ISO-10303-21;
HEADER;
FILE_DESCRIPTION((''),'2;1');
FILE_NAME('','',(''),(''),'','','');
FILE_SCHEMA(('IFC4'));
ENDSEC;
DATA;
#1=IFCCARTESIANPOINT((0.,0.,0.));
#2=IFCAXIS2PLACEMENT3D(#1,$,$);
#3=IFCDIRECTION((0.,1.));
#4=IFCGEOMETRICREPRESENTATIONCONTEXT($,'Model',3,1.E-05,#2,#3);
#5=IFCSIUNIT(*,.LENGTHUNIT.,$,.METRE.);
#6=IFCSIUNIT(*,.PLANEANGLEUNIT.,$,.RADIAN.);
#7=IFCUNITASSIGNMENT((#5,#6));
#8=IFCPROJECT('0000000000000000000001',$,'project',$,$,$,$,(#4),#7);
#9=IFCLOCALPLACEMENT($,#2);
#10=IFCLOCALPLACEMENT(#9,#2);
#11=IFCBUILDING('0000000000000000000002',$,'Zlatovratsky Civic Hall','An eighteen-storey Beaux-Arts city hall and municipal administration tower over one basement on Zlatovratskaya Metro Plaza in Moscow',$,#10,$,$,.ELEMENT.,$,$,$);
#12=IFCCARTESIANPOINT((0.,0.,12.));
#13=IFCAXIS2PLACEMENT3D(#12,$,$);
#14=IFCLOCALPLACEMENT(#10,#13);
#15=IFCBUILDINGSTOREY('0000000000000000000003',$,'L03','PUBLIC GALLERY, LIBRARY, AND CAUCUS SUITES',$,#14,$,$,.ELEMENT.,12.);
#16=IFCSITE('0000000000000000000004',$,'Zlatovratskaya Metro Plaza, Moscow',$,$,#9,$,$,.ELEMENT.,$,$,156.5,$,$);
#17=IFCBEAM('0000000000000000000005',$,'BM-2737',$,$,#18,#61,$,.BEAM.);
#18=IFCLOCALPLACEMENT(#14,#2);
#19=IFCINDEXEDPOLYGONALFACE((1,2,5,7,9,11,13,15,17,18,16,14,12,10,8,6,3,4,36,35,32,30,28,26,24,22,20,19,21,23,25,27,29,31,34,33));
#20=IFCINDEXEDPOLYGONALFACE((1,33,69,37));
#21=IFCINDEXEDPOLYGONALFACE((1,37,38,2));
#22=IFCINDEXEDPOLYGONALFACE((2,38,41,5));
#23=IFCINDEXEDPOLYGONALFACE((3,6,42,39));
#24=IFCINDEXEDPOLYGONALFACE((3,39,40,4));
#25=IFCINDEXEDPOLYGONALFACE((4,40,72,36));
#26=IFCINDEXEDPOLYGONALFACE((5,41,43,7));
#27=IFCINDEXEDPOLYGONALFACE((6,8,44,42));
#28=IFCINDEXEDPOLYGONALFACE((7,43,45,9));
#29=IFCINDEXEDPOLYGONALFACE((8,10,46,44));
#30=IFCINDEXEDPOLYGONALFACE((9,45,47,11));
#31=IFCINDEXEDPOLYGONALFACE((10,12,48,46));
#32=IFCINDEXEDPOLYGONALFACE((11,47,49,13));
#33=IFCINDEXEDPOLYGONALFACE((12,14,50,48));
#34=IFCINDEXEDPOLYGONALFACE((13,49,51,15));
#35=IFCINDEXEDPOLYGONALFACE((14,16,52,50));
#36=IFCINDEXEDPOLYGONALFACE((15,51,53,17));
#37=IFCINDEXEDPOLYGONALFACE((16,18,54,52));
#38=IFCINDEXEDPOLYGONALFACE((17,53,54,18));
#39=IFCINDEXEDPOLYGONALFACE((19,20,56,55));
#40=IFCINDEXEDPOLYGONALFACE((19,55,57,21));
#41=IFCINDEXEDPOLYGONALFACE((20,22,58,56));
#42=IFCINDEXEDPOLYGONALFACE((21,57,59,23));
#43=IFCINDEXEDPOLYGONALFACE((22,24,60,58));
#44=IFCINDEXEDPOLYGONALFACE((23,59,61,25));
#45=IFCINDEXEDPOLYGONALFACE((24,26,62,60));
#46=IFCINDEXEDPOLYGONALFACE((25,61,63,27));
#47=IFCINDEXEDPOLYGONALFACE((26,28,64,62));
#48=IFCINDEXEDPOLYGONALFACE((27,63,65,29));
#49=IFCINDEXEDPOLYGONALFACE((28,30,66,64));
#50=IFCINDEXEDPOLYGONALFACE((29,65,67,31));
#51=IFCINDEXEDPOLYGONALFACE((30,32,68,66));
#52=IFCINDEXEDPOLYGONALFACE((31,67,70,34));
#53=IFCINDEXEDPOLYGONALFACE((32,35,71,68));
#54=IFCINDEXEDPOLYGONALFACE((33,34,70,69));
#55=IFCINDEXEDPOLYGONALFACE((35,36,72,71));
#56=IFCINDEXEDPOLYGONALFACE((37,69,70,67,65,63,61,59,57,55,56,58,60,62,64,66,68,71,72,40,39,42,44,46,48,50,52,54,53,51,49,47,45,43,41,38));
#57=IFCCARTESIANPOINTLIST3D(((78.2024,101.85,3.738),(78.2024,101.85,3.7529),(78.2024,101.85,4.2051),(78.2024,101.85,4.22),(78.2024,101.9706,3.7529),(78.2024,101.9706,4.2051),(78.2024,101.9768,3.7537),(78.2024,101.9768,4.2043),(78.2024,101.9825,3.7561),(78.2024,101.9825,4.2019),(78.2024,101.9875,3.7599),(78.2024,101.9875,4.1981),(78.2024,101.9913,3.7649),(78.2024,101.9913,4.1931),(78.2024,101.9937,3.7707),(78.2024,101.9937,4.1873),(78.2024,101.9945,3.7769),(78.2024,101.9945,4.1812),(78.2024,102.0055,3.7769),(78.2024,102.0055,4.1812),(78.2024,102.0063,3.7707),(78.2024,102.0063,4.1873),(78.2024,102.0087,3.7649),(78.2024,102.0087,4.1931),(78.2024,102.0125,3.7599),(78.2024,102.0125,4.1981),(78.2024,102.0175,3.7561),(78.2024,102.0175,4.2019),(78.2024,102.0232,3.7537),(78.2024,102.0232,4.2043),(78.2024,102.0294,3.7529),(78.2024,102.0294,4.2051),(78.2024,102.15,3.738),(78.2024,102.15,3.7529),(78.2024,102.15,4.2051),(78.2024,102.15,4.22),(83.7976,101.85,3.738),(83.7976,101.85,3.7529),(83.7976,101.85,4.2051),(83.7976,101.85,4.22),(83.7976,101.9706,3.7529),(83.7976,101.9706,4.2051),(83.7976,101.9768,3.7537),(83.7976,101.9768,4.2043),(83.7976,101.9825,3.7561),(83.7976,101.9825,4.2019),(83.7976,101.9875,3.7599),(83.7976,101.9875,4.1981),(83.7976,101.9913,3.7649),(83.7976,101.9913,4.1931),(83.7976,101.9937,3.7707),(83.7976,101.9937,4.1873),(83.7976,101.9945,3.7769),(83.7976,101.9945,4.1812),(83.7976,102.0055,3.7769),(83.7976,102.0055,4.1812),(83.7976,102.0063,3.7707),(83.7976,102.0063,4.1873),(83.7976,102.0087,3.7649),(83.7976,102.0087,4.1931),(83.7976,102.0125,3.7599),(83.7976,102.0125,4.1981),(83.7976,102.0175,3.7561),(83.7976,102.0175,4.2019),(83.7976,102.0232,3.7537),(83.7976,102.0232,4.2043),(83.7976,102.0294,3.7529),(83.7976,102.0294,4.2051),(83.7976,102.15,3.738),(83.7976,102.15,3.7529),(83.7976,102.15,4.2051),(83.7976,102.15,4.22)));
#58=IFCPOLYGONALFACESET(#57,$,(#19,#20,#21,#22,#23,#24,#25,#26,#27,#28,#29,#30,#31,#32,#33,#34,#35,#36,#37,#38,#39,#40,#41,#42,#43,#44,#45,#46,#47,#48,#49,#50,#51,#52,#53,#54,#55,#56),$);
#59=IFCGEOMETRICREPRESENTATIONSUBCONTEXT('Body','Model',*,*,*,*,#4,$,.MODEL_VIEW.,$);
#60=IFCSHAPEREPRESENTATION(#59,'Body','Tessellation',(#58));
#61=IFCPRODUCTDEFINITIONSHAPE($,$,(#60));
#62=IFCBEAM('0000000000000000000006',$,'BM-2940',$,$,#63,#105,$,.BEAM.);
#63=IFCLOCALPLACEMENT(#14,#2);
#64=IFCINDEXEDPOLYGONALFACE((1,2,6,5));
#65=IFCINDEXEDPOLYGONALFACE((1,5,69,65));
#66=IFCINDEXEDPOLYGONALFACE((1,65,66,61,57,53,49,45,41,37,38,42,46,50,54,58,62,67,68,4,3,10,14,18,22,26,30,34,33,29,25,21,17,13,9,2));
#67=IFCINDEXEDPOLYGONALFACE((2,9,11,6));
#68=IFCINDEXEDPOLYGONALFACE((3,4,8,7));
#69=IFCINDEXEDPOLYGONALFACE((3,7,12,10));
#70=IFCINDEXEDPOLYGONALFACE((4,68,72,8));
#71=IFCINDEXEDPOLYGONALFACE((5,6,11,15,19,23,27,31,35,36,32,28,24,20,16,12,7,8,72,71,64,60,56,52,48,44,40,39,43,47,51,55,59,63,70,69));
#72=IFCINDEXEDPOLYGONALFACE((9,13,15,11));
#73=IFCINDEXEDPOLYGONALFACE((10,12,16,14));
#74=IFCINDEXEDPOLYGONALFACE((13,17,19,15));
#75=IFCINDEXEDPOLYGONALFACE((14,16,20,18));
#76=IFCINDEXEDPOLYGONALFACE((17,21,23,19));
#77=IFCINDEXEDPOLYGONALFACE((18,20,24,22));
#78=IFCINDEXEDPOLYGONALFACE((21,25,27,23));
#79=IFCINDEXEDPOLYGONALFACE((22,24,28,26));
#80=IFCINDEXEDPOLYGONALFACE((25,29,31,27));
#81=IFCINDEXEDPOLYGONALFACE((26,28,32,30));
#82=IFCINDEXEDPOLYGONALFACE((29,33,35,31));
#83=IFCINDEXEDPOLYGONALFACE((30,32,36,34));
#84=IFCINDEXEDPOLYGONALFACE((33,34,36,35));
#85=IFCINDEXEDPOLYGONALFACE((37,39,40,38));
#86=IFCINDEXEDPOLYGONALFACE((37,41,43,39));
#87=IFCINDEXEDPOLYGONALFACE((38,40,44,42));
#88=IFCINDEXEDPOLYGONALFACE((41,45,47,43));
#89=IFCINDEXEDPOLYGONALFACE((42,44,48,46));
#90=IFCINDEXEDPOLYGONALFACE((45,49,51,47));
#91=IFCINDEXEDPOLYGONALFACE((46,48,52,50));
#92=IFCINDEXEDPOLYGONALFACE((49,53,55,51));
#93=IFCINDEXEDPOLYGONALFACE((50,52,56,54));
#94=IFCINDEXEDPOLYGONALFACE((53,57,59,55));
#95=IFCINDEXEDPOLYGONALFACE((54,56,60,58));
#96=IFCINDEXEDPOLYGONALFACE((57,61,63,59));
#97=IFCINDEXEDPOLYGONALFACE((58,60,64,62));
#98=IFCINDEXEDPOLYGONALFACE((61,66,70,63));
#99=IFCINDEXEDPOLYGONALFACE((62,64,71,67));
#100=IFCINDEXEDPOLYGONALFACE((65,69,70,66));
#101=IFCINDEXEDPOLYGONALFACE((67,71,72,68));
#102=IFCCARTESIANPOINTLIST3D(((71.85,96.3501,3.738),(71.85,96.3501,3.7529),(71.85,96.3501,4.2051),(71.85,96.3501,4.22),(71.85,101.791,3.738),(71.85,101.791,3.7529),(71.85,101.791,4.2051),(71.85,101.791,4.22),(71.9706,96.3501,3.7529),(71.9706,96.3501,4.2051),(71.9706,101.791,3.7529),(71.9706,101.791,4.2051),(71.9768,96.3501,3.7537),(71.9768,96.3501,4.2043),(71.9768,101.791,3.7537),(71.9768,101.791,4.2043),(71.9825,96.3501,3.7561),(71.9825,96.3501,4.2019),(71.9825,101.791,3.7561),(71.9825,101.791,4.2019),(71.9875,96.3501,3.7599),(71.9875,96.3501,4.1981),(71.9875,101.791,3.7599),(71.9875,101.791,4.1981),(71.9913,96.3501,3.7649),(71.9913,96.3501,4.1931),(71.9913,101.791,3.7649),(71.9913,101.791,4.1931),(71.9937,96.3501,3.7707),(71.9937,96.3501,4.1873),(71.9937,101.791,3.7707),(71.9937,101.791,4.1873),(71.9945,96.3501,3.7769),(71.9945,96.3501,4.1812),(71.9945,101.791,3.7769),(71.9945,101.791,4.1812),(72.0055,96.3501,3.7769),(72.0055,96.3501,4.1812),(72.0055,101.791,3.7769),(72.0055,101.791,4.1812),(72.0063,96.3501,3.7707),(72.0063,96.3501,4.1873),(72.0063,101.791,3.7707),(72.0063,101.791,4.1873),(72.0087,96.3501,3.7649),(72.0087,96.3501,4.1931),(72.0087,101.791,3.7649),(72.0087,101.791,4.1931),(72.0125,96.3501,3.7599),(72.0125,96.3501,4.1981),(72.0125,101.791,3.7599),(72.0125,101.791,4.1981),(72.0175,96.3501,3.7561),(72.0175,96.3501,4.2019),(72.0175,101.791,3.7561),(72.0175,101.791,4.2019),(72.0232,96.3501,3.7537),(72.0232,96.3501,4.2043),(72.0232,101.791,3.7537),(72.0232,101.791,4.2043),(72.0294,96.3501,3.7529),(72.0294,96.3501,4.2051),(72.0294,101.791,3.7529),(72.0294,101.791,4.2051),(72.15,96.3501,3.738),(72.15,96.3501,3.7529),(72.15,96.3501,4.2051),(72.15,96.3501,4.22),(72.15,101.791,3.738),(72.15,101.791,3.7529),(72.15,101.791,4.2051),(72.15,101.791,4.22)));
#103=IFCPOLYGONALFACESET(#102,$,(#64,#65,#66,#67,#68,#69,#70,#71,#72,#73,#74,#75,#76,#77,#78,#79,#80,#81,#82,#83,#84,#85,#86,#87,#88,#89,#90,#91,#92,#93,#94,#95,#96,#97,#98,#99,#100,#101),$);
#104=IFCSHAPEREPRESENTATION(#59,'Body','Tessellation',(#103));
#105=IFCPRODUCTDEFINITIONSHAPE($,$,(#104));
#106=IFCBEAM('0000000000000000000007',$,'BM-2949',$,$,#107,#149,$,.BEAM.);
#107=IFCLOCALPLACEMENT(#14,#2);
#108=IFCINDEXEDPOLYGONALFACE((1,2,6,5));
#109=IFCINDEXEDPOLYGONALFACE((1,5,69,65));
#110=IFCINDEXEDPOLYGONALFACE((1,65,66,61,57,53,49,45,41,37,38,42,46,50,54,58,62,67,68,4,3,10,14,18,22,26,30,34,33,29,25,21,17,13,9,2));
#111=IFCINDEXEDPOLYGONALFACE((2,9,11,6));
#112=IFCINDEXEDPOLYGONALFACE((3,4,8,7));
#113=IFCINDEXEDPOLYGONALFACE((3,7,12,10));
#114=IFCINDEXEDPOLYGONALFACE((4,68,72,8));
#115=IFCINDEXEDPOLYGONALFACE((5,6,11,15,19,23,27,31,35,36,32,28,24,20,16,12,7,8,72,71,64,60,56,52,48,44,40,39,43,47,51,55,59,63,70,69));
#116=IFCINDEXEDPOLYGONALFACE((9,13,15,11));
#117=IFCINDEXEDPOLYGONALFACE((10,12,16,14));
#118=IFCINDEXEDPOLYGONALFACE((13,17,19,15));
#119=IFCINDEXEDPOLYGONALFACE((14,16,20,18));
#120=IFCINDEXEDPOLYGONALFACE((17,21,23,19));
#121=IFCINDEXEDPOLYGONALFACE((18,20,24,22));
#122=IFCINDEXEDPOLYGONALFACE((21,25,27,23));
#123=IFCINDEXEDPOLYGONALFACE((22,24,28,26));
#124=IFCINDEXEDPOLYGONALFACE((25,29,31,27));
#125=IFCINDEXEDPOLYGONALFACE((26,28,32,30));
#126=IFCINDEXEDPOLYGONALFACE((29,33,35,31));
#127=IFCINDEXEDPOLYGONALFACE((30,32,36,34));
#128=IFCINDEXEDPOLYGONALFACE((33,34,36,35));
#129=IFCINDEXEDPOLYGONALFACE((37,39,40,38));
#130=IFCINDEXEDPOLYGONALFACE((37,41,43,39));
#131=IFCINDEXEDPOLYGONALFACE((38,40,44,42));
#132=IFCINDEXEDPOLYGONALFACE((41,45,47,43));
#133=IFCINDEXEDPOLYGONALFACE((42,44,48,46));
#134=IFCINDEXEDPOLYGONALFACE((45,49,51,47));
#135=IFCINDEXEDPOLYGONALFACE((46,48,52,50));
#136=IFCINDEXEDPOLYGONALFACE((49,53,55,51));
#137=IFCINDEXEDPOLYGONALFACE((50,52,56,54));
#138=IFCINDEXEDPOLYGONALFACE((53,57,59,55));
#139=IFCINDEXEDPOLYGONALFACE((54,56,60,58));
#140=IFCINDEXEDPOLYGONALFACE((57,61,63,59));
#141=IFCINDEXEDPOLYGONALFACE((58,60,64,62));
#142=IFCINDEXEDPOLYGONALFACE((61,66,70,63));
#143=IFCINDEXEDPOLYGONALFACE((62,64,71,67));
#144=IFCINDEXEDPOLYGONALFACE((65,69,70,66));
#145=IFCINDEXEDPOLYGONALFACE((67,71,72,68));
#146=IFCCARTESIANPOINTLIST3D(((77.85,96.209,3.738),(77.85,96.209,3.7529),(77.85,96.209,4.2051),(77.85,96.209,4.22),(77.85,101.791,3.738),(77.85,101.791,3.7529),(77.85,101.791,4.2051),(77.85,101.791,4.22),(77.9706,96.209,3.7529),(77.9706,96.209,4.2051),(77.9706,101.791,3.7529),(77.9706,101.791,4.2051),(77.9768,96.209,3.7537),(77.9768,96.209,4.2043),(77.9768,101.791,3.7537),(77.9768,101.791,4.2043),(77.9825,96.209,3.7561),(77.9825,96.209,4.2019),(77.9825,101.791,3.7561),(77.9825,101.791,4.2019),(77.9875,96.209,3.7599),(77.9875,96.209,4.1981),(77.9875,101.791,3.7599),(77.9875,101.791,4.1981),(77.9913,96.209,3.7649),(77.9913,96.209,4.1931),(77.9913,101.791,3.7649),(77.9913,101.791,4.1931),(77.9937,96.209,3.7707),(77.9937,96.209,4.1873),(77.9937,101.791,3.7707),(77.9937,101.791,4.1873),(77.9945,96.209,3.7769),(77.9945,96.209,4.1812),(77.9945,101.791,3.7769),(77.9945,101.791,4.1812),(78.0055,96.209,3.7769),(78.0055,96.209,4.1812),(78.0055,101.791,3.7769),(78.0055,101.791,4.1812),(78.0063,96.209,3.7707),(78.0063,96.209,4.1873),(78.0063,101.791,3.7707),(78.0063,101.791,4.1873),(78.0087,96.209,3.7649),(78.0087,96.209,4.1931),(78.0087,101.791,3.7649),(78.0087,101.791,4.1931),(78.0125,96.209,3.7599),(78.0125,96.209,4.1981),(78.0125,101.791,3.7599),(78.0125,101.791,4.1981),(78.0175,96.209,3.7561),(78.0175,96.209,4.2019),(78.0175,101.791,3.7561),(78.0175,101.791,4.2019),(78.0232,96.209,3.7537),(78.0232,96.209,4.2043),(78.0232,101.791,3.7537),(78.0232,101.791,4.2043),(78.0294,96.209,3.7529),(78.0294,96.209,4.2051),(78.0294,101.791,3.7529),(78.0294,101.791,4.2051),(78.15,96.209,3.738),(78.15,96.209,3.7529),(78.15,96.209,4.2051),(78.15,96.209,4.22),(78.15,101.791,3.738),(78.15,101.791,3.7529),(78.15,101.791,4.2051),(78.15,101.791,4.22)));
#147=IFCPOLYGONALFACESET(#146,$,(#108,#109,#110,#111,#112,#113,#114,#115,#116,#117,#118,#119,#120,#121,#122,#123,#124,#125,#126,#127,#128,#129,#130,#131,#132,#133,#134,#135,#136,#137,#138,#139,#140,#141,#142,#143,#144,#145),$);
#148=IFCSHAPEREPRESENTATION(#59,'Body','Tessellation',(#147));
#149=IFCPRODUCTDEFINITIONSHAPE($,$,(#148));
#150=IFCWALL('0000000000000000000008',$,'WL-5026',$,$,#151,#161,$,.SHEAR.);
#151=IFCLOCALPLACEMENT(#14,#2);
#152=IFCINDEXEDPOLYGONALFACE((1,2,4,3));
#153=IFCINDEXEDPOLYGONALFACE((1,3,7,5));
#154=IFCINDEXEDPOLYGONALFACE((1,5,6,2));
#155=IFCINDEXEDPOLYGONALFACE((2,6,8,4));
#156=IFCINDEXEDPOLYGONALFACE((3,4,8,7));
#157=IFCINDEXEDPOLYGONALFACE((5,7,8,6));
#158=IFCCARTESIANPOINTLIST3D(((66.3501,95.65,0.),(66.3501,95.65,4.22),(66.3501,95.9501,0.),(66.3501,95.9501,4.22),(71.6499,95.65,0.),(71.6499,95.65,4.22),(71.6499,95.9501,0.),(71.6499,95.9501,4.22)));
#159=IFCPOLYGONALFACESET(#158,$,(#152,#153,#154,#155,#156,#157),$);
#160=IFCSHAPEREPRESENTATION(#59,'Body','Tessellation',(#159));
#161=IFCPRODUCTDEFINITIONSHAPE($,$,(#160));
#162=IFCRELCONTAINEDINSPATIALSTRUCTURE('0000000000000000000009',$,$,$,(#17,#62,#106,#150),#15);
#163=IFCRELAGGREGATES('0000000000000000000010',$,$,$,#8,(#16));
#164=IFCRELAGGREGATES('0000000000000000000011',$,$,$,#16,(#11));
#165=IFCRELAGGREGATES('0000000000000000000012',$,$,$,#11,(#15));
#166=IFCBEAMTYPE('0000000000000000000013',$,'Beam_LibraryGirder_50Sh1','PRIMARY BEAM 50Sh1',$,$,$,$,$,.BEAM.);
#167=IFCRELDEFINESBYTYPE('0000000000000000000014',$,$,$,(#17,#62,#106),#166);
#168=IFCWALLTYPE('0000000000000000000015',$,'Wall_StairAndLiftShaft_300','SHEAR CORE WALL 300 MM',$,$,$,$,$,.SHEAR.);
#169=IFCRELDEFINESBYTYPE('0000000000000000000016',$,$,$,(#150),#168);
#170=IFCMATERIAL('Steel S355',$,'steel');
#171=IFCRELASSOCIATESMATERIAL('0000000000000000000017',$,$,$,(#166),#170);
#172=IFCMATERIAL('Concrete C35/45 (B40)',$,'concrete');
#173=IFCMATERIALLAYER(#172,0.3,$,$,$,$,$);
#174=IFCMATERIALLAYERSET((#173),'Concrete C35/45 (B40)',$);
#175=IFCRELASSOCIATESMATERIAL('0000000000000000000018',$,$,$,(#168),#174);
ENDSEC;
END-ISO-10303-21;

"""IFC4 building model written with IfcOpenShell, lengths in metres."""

from ifc_helpers import new_model, si_unit, direction, frame, frame_2d, origin, origin_2d, place, context, subcontext, project, spatial, rectangle, i_section, extrude, material, layer, layer_set, material_profile, profile_set, type_object, element, save


model = new_model("IFC4")

# Units and contexts
model_context = context("Model", 3, precision=1e-05, world=origin(), true_north=direction((0.0, 1.0)))
body_context = subcontext(model_context, "Body", "Model", "MODEL_VIEW")
ifc_project = project(units=[si_unit("LENGTHUNIT", "METRE"), si_unit("PLANEANGLEUNIT", "RADIAN")], contexts=[model_context])

# Site, building, storey
site_placement = place(None, origin())
site = spatial("IfcSite", under=ifc_project, at=site_placement, Name="Zlatovratskaya Metro Plaza, Moscow", CompositionType="ELEMENT", RefElevation=156.5)
building_placement = place(site_placement, origin())
building = spatial("IfcBuilding", under=site, at=building_placement, Name="Zlatovratsky Civic Hall", Description="An eighteen-storey Beaux-Arts city hall and municipal administration tower over one basement on Zlatovratskaya Metro Plaza in Moscow", CompositionType="ELEMENT")
storey_placement = place(building_placement, frame((0.0, 0.0, 12.0)))
storey = spatial("IfcBuildingStorey", under=building, at=storey_placement, Name="L03", Description="PUBLIC GALLERY, LIBRARY, AND CAUCUS SUITES", CompositionType="ELEMENT", Elevation=12.0)

# Shared definitions
ifc_material_1 = material(Name="Concrete C35/45 (B40)", Category="concrete")
ifc_material_2 = material(Name="Steel S355", Category="steel")

# Beams
ifc_material_profile_1 = material_profile(ifc_material_2, i_section(OverallWidth=0.3, OverallDepth=0.4819, WebThickness=0.011, FlangeThickness=0.0149, FilletRadius=0.0239, at=origin_2d()), Name="50Sh1")
ifc_profile_set_1 = profile_set([ifc_material_profile_1], Name="Steel S355")
beam_type = type_object("IfcBeamType", Name="Beam_LibraryGirder_50Sh1", Description="PRIMARY BEAM 50Sh1", PredefinedType="BEAM", material=ifc_profile_set_1)
for number, where, z_axis, x_axis, name in (
    (1, (78.2024, 102.0, 3.979), (1.0, 0.0, 0.0), (0.0, 1.0, 0.0), "BM-2737"),
):
    element("IfcBeam", number, at=place(storey_placement, frame(where, z_axis=z_axis, x_axis=x_axis)), inside=storey, type_object=beam_type, Name=name, PredefinedType="BEAM", context=body_context, shape_type="SweptSolid", body=[
        extrude(i_section(OverallWidth=0.3, OverallDepth=0.4819, WebThickness=0.011, FlangeThickness=0.0149, FilletRadius=0.0239, at=origin_2d()), origin(), (0.0, 0.0, 1.0), 5.5952),
    ])
beam_1_placement = place(storey_placement, frame((72.0, 96.3501, 3.979), z_axis=(0.0, 1.0, 0.0), x_axis=(-1.0, 0.0, 0.0)))
element("IfcBeam", 2, at=beam_1_placement, inside=storey, type_object=beam_type, Name="BM-2940", PredefinedType="BEAM", context=body_context, shape_type="SweptSolid", body=[
    extrude(i_section(OverallWidth=0.3, OverallDepth=0.4819, WebThickness=0.011, FlangeThickness=0.0149, FilletRadius=0.0239, at=origin_2d()), origin(), (0.0, 0.0, 1.0), 5.4409),
])
beam_2_placement = place(storey_placement, frame((78.0, 96.209, 3.979), z_axis=(0.0, 1.0, 0.0), x_axis=(-1.0, 0.0, 0.0)))
element("IfcBeam", 3, at=beam_2_placement, inside=storey, type_object=beam_type, Name="BM-2949", PredefinedType="BEAM", context=body_context, shape_type="SweptSolid", body=[
    extrude(i_section(OverallWidth=0.3, OverallDepth=0.4819, WebThickness=0.011, FlangeThickness=0.0149, FilletRadius=0.0239, at=origin_2d()), origin(), (0.0, 0.0, 1.0), 5.582),
])

# Wall
ifc_layer = layer(ifc_material_1, 0.3)
ifc_layer_set = layer_set([ifc_layer], Name="Concrete C35/45 (B40)")
wall_type = type_object("IfcWallType", Name="Wall_StairAndLiftShaft_300", Description="SHEAR CORE WALL 300 MM", PredefinedType="SHEAR", material=ifc_layer_set)
wall_1_placement = place(storey_placement, frame((66.3501, 95.8, 0.0), z_axis=(0.0, 0.0, 1.0), x_axis=(1.0, 0.0, 0.0)))
element("IfcWall", 4, at=wall_1_placement, inside=storey, type_object=wall_type, Name="WL-5026", PredefinedType="SHEAR", context=body_context, shape_type="SweptSolid", body=[
    extrude(rectangle(XDim=5.2998, YDim=0.3, at=frame_2d((2.6499, 0.0))), origin(), (0.0, 0.0, 1.0), 4.22),
])

save(model, "model.ifc")
